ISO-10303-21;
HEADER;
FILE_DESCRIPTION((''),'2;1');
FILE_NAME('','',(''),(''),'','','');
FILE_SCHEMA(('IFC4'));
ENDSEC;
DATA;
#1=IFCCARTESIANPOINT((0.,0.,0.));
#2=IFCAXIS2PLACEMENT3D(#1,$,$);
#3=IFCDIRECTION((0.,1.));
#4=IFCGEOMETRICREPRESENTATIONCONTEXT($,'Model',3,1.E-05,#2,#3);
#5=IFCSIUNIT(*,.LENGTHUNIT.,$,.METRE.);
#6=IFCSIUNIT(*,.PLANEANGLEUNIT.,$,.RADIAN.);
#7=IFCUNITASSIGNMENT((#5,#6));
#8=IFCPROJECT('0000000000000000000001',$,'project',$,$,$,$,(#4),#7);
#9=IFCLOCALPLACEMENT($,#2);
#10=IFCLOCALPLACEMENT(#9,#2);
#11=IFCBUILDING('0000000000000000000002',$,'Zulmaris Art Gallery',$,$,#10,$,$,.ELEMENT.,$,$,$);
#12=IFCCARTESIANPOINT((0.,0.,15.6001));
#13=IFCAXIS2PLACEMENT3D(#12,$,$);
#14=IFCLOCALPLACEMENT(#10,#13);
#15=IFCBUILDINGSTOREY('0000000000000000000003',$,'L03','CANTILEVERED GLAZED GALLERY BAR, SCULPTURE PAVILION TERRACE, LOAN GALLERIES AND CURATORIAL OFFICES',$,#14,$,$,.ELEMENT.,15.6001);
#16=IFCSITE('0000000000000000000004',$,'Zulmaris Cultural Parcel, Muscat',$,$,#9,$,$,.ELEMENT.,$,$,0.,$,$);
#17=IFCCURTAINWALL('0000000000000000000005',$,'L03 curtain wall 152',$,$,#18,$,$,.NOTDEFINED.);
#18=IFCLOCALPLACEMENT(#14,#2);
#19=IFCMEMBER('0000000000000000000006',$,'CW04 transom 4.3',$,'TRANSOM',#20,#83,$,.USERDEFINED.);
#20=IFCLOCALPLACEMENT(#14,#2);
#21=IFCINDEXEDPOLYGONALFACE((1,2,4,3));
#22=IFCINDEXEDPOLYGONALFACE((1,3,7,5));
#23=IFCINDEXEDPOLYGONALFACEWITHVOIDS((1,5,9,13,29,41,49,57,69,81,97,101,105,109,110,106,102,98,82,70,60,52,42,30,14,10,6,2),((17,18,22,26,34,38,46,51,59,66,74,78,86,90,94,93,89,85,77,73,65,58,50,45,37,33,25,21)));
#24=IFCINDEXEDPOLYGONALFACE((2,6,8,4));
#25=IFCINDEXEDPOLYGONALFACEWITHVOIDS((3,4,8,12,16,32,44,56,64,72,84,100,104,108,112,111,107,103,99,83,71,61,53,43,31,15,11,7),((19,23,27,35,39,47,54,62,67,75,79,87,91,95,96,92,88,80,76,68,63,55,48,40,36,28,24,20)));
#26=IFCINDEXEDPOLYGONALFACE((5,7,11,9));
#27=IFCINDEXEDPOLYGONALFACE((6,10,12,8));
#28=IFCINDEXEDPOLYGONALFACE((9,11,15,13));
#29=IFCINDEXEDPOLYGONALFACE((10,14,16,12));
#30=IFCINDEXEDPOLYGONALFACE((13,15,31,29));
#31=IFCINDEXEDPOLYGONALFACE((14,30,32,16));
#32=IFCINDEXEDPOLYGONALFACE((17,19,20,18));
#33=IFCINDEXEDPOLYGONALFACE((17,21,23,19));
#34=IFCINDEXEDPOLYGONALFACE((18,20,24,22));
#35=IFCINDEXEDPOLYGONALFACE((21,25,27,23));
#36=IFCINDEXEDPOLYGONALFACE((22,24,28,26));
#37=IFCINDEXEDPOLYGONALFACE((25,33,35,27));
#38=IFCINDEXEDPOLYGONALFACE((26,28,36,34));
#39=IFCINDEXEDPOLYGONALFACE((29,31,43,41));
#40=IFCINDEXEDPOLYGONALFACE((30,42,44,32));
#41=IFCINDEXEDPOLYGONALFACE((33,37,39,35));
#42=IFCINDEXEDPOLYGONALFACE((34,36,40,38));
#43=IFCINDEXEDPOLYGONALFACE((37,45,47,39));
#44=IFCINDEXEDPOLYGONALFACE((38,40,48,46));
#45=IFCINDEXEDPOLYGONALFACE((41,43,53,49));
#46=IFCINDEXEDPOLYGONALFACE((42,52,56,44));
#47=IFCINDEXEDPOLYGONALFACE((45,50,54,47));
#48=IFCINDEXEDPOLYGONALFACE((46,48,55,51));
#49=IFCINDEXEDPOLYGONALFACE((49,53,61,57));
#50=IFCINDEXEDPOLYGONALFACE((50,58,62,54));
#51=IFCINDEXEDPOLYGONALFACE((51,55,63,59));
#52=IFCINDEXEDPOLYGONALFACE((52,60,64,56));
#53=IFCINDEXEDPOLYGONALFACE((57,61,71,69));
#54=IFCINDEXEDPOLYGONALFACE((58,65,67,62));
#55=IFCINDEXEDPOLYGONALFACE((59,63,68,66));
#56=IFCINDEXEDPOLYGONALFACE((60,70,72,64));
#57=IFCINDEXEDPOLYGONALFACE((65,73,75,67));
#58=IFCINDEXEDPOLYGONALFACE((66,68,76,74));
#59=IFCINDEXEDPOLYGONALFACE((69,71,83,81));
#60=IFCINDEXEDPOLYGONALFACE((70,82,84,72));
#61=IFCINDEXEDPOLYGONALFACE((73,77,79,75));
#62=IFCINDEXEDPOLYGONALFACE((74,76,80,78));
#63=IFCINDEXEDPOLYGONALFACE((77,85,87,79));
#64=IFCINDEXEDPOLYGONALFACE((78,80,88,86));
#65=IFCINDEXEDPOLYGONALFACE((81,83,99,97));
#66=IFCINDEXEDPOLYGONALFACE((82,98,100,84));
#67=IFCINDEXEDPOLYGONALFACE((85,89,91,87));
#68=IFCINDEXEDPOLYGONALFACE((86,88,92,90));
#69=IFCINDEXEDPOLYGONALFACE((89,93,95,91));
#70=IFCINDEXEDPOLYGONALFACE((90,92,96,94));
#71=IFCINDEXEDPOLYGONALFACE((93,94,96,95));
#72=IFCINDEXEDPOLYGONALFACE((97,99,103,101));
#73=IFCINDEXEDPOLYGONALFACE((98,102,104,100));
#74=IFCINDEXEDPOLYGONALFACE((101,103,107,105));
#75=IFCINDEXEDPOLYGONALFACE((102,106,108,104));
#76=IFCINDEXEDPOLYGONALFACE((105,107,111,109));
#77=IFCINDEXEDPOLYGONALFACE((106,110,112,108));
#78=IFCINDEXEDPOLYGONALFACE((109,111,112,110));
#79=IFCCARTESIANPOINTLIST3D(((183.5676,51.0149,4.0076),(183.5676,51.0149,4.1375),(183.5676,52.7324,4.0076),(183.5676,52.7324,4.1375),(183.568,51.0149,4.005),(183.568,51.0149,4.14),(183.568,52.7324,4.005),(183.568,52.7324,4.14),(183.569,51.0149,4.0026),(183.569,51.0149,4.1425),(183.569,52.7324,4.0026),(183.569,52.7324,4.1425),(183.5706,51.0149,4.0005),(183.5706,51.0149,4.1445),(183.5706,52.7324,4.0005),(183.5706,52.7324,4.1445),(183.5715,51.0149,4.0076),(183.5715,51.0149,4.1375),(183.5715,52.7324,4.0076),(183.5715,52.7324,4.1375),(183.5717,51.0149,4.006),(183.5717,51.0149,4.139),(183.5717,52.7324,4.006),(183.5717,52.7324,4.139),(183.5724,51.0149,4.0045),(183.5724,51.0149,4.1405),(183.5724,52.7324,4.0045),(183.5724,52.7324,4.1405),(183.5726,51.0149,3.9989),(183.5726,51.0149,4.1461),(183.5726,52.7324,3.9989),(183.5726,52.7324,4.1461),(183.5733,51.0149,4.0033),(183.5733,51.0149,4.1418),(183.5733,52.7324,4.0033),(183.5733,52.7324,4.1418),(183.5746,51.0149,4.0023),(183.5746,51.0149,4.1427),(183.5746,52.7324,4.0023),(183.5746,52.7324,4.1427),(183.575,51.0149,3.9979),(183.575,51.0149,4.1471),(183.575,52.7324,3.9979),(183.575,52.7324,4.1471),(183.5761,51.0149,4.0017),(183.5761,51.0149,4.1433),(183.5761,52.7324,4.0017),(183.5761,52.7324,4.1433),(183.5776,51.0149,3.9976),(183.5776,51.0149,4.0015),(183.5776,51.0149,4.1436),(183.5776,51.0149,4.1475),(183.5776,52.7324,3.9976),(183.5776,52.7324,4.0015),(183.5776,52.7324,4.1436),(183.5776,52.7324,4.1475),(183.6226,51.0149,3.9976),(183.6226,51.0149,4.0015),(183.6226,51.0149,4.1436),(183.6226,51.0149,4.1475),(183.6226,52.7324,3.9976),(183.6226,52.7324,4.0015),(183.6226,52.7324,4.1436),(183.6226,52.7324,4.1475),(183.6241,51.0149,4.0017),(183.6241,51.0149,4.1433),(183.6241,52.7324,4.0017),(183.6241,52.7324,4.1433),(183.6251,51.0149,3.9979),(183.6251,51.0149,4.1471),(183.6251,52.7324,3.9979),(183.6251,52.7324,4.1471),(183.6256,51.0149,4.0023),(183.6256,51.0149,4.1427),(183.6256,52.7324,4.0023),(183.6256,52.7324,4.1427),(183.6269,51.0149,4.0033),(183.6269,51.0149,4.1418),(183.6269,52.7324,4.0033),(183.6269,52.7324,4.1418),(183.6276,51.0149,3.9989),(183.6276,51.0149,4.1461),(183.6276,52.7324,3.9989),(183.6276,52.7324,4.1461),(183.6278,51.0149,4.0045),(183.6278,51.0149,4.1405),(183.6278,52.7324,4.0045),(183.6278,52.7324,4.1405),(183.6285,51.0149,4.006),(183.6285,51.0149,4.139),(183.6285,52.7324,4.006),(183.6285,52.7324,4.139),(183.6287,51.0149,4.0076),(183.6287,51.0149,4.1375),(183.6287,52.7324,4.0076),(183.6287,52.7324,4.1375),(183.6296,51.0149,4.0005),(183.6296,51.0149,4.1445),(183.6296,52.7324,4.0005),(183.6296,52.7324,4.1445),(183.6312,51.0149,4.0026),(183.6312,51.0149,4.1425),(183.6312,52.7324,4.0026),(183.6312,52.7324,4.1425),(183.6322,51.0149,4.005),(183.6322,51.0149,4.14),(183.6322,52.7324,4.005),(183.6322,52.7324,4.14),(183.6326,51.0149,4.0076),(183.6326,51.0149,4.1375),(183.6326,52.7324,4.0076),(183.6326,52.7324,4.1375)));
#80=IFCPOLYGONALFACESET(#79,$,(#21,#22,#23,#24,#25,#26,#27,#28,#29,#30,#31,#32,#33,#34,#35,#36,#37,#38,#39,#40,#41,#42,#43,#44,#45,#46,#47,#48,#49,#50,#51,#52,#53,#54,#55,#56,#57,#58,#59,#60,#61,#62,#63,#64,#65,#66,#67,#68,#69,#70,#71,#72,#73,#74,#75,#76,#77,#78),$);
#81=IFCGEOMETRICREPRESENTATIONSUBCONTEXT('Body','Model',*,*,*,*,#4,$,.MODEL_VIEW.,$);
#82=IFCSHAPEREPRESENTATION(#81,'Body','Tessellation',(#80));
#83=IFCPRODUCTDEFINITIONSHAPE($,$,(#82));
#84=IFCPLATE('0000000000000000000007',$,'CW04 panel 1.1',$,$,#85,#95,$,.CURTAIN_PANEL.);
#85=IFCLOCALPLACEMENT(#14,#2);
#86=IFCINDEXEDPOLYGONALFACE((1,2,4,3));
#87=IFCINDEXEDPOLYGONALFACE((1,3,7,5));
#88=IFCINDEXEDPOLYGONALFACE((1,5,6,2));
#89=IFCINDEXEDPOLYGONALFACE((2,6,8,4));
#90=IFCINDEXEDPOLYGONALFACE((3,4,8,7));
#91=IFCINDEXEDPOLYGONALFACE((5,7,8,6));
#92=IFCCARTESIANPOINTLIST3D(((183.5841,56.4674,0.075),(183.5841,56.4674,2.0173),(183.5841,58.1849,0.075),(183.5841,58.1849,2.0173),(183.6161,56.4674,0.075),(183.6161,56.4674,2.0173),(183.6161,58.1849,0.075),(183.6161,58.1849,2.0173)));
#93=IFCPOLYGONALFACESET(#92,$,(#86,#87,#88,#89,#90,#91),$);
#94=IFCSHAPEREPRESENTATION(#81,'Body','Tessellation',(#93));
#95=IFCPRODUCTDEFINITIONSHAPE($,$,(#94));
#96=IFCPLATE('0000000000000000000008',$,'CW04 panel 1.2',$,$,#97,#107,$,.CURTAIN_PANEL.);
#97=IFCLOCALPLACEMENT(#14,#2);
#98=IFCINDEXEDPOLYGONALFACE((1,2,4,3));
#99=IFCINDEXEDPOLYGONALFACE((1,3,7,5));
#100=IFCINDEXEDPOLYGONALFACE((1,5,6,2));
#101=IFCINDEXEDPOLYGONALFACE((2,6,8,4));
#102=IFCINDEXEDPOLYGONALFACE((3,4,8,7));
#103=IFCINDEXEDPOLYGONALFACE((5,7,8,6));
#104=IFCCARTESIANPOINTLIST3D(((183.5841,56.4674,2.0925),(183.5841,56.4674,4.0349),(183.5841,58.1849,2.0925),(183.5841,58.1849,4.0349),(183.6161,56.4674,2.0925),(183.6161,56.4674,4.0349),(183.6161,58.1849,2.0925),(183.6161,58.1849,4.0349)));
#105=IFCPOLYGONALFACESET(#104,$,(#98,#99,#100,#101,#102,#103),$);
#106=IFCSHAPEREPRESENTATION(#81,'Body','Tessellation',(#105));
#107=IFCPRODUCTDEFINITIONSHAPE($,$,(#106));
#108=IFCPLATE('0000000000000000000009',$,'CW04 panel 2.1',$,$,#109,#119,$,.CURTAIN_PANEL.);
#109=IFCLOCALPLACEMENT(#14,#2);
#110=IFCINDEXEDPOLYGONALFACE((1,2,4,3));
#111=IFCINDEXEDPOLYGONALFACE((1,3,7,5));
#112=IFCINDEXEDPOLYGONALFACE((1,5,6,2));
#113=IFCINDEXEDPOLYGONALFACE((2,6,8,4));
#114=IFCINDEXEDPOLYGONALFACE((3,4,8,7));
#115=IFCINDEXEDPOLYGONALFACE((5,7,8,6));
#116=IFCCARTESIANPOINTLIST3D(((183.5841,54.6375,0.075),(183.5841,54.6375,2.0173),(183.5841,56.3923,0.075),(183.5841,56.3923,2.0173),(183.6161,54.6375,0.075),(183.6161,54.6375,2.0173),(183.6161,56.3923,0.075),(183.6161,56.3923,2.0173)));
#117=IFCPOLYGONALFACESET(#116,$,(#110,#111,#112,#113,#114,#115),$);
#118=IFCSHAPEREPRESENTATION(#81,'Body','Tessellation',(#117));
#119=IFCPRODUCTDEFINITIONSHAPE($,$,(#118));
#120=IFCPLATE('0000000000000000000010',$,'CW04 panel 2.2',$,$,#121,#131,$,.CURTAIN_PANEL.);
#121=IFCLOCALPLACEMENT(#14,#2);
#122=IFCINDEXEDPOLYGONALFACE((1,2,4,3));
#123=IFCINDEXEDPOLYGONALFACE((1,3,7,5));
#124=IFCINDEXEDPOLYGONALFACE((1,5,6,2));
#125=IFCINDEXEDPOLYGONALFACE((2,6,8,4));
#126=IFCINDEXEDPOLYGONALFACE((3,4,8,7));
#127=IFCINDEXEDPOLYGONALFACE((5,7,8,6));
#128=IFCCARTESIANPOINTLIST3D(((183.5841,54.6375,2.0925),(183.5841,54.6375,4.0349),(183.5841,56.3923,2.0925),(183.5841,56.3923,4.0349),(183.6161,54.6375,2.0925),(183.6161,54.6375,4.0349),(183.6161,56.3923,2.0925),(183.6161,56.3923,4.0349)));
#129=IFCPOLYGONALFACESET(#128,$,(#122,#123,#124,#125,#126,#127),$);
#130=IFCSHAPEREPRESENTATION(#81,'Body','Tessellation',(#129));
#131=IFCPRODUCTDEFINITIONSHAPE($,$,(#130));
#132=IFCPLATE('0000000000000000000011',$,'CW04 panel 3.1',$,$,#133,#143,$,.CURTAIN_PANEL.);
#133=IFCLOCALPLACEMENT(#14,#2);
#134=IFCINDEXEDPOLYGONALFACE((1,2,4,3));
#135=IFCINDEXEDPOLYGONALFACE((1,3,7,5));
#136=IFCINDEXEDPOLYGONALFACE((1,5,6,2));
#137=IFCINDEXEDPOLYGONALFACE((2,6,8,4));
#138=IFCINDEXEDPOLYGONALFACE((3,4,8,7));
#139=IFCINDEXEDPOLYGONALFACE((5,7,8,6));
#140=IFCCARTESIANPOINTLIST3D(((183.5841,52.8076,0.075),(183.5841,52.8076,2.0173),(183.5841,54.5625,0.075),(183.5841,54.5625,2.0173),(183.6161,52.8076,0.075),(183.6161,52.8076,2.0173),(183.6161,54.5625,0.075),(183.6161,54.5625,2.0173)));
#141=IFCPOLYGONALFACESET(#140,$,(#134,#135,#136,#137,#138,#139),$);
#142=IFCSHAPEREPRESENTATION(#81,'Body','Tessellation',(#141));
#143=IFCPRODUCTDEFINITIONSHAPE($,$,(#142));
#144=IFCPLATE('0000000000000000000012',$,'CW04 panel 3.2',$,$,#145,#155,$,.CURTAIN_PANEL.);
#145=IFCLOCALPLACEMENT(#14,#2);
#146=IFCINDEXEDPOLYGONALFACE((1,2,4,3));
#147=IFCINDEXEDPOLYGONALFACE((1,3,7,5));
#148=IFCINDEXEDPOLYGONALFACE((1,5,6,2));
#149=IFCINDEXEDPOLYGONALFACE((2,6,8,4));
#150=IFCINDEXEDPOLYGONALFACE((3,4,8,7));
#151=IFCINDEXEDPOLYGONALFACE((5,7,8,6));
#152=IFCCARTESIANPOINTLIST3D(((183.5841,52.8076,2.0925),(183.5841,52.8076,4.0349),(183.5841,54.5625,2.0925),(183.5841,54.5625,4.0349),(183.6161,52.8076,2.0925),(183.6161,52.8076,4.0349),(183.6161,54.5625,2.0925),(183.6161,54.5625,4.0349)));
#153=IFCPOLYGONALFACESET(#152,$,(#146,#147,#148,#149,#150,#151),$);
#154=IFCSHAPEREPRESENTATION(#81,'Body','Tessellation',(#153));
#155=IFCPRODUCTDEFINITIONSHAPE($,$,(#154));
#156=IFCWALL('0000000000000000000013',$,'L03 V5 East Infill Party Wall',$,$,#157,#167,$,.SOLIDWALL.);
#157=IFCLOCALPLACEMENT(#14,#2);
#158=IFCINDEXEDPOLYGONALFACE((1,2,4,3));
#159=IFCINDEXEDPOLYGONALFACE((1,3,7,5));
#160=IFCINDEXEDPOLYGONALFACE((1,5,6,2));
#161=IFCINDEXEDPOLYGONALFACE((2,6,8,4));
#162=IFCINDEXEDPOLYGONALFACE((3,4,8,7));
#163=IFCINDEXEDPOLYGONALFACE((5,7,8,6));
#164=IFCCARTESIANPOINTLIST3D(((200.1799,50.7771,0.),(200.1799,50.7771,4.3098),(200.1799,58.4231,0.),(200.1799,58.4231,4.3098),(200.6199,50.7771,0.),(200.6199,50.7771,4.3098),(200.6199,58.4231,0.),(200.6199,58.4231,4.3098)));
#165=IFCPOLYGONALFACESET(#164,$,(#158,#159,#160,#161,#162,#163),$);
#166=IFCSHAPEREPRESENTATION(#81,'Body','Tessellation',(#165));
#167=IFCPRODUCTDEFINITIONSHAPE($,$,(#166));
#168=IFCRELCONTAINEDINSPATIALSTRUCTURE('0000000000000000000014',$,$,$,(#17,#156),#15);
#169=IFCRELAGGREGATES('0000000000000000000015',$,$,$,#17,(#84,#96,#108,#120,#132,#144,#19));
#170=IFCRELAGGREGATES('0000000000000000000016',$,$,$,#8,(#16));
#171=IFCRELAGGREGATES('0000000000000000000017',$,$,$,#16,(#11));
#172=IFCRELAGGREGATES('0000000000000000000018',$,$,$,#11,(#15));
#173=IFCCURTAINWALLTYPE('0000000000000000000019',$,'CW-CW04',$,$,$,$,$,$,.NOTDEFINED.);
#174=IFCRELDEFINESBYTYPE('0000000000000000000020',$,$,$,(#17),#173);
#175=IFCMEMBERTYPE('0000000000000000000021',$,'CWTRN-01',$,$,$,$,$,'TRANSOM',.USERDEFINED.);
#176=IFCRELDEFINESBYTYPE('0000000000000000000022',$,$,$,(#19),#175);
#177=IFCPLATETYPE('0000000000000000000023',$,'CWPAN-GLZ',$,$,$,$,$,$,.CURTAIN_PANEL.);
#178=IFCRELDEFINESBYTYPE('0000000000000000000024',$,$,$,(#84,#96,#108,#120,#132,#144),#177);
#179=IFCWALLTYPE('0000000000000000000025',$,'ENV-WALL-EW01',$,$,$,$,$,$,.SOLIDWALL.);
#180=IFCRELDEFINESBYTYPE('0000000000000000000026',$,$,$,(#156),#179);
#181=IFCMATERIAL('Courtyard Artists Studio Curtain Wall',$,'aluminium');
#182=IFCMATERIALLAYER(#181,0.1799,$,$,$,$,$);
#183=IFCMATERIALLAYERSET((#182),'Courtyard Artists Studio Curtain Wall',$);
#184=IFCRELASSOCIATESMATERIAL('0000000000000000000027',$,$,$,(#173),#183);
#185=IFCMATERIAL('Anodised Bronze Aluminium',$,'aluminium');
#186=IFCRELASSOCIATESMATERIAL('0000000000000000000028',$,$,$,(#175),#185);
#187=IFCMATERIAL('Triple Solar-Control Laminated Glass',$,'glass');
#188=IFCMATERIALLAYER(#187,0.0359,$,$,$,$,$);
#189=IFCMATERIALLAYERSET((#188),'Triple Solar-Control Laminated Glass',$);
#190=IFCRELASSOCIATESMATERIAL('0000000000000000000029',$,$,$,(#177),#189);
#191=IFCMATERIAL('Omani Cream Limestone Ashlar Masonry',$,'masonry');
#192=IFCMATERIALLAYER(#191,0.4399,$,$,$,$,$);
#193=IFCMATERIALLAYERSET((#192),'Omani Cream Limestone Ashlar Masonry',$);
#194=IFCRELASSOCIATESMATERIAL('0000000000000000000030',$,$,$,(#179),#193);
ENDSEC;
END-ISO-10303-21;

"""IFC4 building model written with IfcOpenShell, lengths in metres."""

from ifc_helpers import new_model, si_unit, direction, frame, frame_2d, origin, origin_2d, place, context, subcontext, project, spatial, rectangle, hollow_rectangle, extrude, material, layer, layer_set, material_profile, profile_set, type_object, element, aggregate, save


model = new_model("IFC4")

# Units and contexts
model_context = context("Model", 3, precision=1e-05, world=origin(), true_north=direction((0.0, 1.0)))
body_context = subcontext(model_context, "Body", "Model", "MODEL_VIEW")
ifc_project = project(units=[si_unit("LENGTHUNIT", "METRE"), si_unit("PLANEANGLEUNIT", "RADIAN")], contexts=[model_context])

# Site, building, storey
site_placement = place(None, origin())
site = spatial("IfcSite", under=ifc_project, at=site_placement, Name="Zulmaris Cultural Parcel, Muscat", CompositionType="ELEMENT", RefElevation=0.0)
building_placement = place(site_placement, origin())
building = spatial("IfcBuilding", under=site, at=building_placement, Name="Zulmaris Art Gallery", CompositionType="ELEMENT")
storey_placement = place(building_placement, frame((0.0, 0.0, 15.6001)))
storey = spatial("IfcBuildingStorey", under=building, at=storey_placement, Name="L03", Description="CANTILEVERED GLAZED GALLERY BAR, SCULPTURE PAVILION TERRACE, LOAN GALLERIES AND CURATORIAL OFFICES", CompositionType="ELEMENT", Elevation=15.6001)

# Curtain wall, member, plates
ifc_material_1 = material(Name="Courtyard Artists Studio Curtain Wall", Category="aluminium")
ifc_layer_1 = layer(ifc_material_1, 0.1799)
ifc_layer_set_1 = layer_set([ifc_layer_1], Name="Courtyard Artists Studio Curtain Wall")
curtain_wall_type = type_object("IfcCurtainWallType", Name="CW-CW04", PredefinedType="NOTDEFINED", material=ifc_layer_set_1)
curtain_wall_placement = place(storey_placement, origin())
curtain_wall = element("IfcCurtainWall", 1, at=curtain_wall_placement, inside=storey, type_object=curtain_wall_type, Name="L03 curtain wall 152", PredefinedType="NOTDEFINED")
ifc_material_2 = material(Name="Anodised Bronze Aluminium", Category="aluminium")
ifc_material_profile_1 = material_profile(ifc_material_2, hollow_rectangle(XDim=0.0649, YDim=0.1499, WallThickness=0.0039, InnerFilletRadius=0.0061, OuterFilletRadius=0.01, at=origin_2d()), Name="ALU 65x150x4")
ifc_profile_set_1 = profile_set([ifc_material_profile_1], Name="Anodised Bronze Aluminium")
member_type_1 = type_object("IfcMemberType", Name="CWTRN-01", ElementType="TRANSOM", PredefinedType="USERDEFINED", material=ifc_profile_set_1)
member_1_placement = place(storey_placement, frame((183.6001, 52.7324, 4.0725), z_axis=(0.0, -1.0, 0.0), x_axis=(1.0, 0.0, 0.0)))
member_1 = element("IfcMember", 2, at=member_1_placement, type_object=member_type_1, Name="CW04 transom 4.3", ObjectType="TRANSOM", PredefinedType="USERDEFINED", context=body_context, shape_type="SweptSolid", body=[
    extrude(hollow_rectangle(XDim=0.0649, YDim=0.1499, WallThickness=0.0039, InnerFilletRadius=0.0061, OuterFilletRadius=0.01, at=origin_2d()), origin(), (0.0, 0.0, 1.0), 1.7175),
])
ifc_material_3 = material(Name="Triple Solar-Control Laminated Glass", Category="glass")
ifc_layer_2 = layer(ifc_material_3, 0.0359)
ifc_layer_set_2 = layer_set([ifc_layer_2], Name="Triple Solar-Control Laminated Glass")
plate_type = type_object("IfcPlateType", Name="CWPAN-GLZ", PredefinedType="CURTAIN_PANEL", material=ifc_layer_set_2)
plate_1_placement = place(storey_placement, frame((183.6001, 57.3262, 0.075), z_axis=(0.0, 0.0, 1.0), x_axis=(0.0, -1.0, 0.0)))
plate_1 = element("IfcPlate", 3, at=plate_1_placement, type_object=plate_type, Name="CW04 panel 1.1", PredefinedType="CURTAIN_PANEL", context=body_context, shape_type="SweptSolid", body=[
    extrude(rectangle(XDim=1.7175, YDim=0.032, at=origin_2d()), origin(), (0.0, 0.0, 1.0), 1.9424),
])
plate_2_placement = place(storey_placement, frame((183.6001, 57.3262, 2.0925), z_axis=(0.0, 0.0, 1.0), x_axis=(0.0, -1.0, 0.0)))
plate_2 = element("IfcPlate", 4, at=plate_2_placement, type_object=plate_type, Name="CW04 panel 1.2", PredefinedType="CURTAIN_PANEL", context=body_context, shape_type="SweptSolid", body=[
    extrude(rectangle(XDim=1.7175, YDim=0.032, at=origin_2d()), origin(), (0.0, 0.0, 1.0), 1.9424),
])
plate_3_placement = place(storey_placement, frame((183.6001, 55.5149, 0.075), z_axis=(0.0, 0.0, 1.0), x_axis=(0.0, -1.0, 0.0)))
plate_3 = element("IfcPlate", 5, at=plate_3_placement, type_object=plate_type, Name="CW04 panel 2.1", PredefinedType="CURTAIN_PANEL", context=body_context, shape_type="SweptSolid", body=[
    extrude(rectangle(XDim=1.7549, YDim=0.032, at=origin_2d()), origin(), (0.0, 0.0, 1.0), 1.9424),
])
plate_4_placement = place(storey_placement, frame((183.6001, 55.5149, 2.0925), z_axis=(0.0, 0.0, 1.0), x_axis=(0.0, -1.0, 0.0)))
plate_4 = element("IfcPlate", 6, at=plate_4_placement, type_object=plate_type, Name="CW04 panel 2.2", PredefinedType="CURTAIN_PANEL", context=body_context, shape_type="SweptSolid", body=[
    extrude(rectangle(XDim=1.7549, YDim=0.032, at=origin_2d()), origin(), (0.0, 0.0, 1.0), 1.9424),
])
plate_5_placement = place(storey_placement, frame((183.6001, 53.6851, 0.075), z_axis=(0.0, 0.0, 1.0), x_axis=(0.0, -1.0, 0.0)))
plate_5 = element("IfcPlate", 7, at=plate_5_placement, type_object=plate_type, Name="CW04 panel 3.1", PredefinedType="CURTAIN_PANEL", context=body_context, shape_type="SweptSolid", body=[
    extrude(rectangle(XDim=1.7549, YDim=0.032, at=origin_2d()), origin(), (0.0, 0.0, 1.0), 1.9424),
])
plate_6_placement = place(storey_placement, frame((183.6001, 53.6851, 2.0925), z_axis=(0.0, 0.0, 1.0), x_axis=(0.0, -1.0, 0.0)))
plate_6 = element("IfcPlate", 8, at=plate_6_placement, type_object=plate_type, Name="CW04 panel 3.2", PredefinedType="CURTAIN_PANEL", context=body_context, shape_type="SweptSolid", body=[
    extrude(rectangle(XDim=1.7549, YDim=0.032, at=origin_2d()), origin(), (0.0, 0.0, 1.0), 1.9424),
])
aggregate(curtain_wall, [plate_1, plate_2, plate_3, plate_4, plate_5, plate_6, member_1])

# Wall
ifc_material_4 = material(Name="Omani Cream Limestone Ashlar Masonry", Category="masonry")
ifc_layer_3 = layer(ifc_material_4, 0.4399)
ifc_layer_set_3 = layer_set([ifc_layer_3], Name="Omani Cream Limestone Ashlar Masonry")
wall_type_1 = type_object("IfcWallType", Name="ENV-WALL-EW01", PredefinedType="SOLIDWALL", material=ifc_layer_set_3)
wall_1_placement = place(storey_placement, frame((200.3999, 50.7771, 0.0), z_axis=(0.0, 0.0, 1.0), x_axis=(0.0, 1.0, 0.0)))
element("IfcWall", 9, at=wall_1_placement, inside=storey, type_object=wall_type_1, Name="L03 V5 East Infill Party Wall", PredefinedType="SOLIDWALL", context=body_context, shape_type="SweptSolid", body=[
    extrude(rectangle(XDim=7.646, YDim=0.4399, at=frame_2d((3.823, 0.0))), origin(), (0.0, 0.0, 1.0), 4.3098),
])

save(model, "model.ifc")
